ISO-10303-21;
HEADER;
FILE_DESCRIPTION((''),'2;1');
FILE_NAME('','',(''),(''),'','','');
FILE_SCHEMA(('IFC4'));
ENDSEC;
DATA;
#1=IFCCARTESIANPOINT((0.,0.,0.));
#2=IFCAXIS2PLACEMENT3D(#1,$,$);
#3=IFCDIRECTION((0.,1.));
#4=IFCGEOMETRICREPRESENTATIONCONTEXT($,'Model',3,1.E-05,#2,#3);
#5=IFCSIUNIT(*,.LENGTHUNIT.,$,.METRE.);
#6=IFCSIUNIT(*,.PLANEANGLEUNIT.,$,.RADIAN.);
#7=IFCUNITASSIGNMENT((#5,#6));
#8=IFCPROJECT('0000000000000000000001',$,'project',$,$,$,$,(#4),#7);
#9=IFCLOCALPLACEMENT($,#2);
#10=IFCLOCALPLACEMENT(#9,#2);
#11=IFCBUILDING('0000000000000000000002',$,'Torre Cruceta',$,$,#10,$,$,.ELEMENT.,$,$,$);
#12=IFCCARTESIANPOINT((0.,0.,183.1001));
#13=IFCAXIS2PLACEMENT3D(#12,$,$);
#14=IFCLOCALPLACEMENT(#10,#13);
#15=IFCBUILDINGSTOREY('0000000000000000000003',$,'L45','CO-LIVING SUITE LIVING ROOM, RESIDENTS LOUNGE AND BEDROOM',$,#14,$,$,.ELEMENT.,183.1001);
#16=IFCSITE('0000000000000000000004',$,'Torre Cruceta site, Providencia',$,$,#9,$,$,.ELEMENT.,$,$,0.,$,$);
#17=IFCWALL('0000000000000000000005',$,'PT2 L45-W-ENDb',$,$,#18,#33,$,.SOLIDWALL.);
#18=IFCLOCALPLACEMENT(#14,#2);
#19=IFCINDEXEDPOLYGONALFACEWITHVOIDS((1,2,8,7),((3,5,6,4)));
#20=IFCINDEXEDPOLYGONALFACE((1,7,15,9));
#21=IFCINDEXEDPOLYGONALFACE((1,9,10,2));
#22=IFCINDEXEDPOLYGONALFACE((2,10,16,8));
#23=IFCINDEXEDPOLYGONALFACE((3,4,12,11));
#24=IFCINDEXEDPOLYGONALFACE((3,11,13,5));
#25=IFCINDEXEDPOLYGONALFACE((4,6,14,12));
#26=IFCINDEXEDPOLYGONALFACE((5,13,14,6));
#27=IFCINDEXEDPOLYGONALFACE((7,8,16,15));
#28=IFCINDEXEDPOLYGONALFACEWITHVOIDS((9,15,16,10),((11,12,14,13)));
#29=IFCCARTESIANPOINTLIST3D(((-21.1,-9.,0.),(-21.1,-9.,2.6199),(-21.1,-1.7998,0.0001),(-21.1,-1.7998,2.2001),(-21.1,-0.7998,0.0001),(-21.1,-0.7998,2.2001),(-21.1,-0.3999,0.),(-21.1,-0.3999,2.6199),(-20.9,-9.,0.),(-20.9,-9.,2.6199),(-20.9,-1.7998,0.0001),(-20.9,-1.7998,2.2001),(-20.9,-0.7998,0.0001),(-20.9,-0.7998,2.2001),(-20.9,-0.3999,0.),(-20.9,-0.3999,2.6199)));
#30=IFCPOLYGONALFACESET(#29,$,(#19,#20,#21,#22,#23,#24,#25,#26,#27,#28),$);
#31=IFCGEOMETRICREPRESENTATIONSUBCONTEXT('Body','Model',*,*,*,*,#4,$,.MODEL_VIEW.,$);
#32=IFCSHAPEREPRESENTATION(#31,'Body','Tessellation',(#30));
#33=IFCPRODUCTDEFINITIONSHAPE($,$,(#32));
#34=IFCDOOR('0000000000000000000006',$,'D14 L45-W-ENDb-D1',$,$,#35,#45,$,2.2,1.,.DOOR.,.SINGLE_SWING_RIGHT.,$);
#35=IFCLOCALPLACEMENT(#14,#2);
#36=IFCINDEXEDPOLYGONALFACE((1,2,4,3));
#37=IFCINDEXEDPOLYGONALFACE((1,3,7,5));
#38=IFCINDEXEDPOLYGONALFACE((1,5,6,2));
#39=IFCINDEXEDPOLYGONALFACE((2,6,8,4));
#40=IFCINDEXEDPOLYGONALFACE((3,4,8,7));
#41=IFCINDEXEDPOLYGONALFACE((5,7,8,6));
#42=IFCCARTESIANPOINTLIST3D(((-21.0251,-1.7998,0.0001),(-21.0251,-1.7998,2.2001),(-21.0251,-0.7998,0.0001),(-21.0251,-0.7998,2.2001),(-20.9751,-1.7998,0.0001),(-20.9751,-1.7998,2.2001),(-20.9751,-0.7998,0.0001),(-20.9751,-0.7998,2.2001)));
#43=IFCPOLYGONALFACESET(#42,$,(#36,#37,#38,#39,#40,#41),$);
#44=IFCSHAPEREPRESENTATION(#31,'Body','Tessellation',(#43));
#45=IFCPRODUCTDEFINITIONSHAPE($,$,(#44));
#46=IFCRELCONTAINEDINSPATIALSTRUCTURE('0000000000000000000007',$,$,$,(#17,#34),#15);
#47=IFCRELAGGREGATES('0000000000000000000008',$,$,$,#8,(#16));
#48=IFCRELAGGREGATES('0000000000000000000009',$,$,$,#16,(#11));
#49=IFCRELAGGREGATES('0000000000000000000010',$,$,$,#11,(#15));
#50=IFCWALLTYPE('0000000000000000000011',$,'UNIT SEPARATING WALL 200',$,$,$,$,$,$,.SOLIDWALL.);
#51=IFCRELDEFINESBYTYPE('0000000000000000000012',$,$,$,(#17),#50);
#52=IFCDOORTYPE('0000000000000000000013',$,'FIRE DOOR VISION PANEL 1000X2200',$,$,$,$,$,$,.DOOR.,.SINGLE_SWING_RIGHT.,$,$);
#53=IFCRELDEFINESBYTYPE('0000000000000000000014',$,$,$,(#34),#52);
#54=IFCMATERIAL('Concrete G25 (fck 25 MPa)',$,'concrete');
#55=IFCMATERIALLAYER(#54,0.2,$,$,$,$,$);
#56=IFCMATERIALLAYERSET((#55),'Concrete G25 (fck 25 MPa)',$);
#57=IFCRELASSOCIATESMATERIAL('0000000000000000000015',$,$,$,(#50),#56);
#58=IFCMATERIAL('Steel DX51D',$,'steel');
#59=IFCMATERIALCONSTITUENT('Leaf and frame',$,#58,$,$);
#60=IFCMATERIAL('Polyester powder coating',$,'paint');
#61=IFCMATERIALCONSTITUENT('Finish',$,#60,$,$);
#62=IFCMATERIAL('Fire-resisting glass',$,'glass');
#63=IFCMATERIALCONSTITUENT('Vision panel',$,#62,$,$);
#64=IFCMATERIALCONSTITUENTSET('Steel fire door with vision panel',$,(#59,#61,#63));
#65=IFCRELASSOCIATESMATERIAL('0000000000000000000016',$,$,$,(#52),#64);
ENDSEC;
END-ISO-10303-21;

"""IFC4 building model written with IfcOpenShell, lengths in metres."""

from ifc_helpers import new_model, si_unit, direction, frame, frame_2d, origin, place, context, subcontext, project, spatial, rectangle, extrude, material, layer, layer_set, constituent, constituent_set, type_object, element, fill, save


model = new_model("IFC4")

# Units and contexts
model_context = context("Model", 3, precision=1e-05, world=origin(), true_north=direction((0.0, 1.0)))
body_context = subcontext(model_context, "Body", "Model", "MODEL_VIEW")
ifc_project = project(units=[si_unit("LENGTHUNIT", "METRE"), si_unit("PLANEANGLEUNIT", "RADIAN")], contexts=[model_context])

# Site, building, storey
site_placement = place(None, origin())
site = spatial("IfcSite", under=ifc_project, at=site_placement, Name="Torre Cruceta site, Providencia", CompositionType="ELEMENT", RefElevation=0.0)
building_placement = place(site_placement, origin())
building = spatial("IfcBuilding", under=site, at=building_placement, Name="Torre Cruceta", CompositionType="ELEMENT")
storey_placement = place(building_placement, frame((0.0, 0.0, 183.1001)))
storey = spatial("IfcBuildingStorey", under=building, at=storey_placement, Name="L45", Description="CO-LIVING SUITE LIVING ROOM, RESIDENTS LOUNGE AND BEDROOM", CompositionType="ELEMENT", Elevation=183.1001)

# Shared definitions
ifc_material_1 = material(Name="Concrete G25 (fck 25 MPa)", Category="concrete")
ifc_layer_1 = layer(ifc_material_1, 0.2)
ifc_layer_set_1 = layer_set([ifc_layer_1], Name="Concrete G25 (fck 25 MPa)")
wall_type_1 = type_object("IfcWallType", Name="UNIT SEPARATING WALL 200", PredefinedType="SOLIDWALL", material=ifc_layer_set_1)

# Wall, opening, door
wall_1_placement = place(storey_placement, frame((-21.0, -0.3999, 0.0), z_axis=(0.0, 0.0, 1.0), x_axis=(0.0, -1.0, 0.0)))
wall_1 = element("IfcWall", 1, at=wall_1_placement, inside=storey, type_object=wall_type_1, Name="PT2 L45-W-ENDb", PredefinedType="SOLIDWALL", context=body_context, shape_type="SweptSolid", body=[
    extrude(rectangle(XDim=8.6001, YDim=0.2, at=frame_2d((4.3, 0.0))), origin(), (0.0, 0.0, 1.0), 2.6199),
])
opening_1_placement = place(wall_1_placement, frame((0.3999, 0.0, 0.0)))
opening_1 = element("IfcOpeningElement", 2, at=opening_1_placement, cuts=wall_1, PredefinedType="OPENING", context=body_context, shape_type="SweptSolid", body=[
    extrude(rectangle(XDim=1.0, YDim=2.2, at=frame_2d((0.5, 1.1001))), frame((0.0, 0.1099, 0.0), z_axis=(0.0, -1.0, 0.0), x_axis=(1.0, 0.0, 0.0)), (0.0, 0.0, 1.0), 0.22),
])
ifc_material_2 = material(Name="Steel DX51D", Category="steel")
ifc_constituent_1 = constituent(ifc_material_2, Name="Leaf and frame")
ifc_material_3 = material(Name="Polyester powder coating", Category="paint")
ifc_constituent_2 = constituent(ifc_material_3, Name="Finish")
ifc_material_4 = material(Name="Fire-resisting glass", Category="glass")
ifc_constituent_3 = constituent(ifc_material_4, Name="Vision panel")
ifc_constituent_set_1 = constituent_set(constituents=[ifc_constituent_1, ifc_constituent_2, ifc_constituent_3], Name="Steel fire door with vision panel")
door_type_1 = type_object("IfcDoorType", Name="FIRE DOOR VISION PANEL 1000X2200", OperationType="SINGLE_SWING_RIGHT", PredefinedType="DOOR", material=ifc_constituent_set_1)
door_1_placement = place(opening_1_placement, frame((1.0, 0.0, 0.0), z_axis=(0.0, 0.0, 1.0), x_axis=(-1.0, 0.0, 0.0)))
door_1 = element("IfcDoor", 3, at=door_1_placement, inside=storey, type_object=door_type_1, Name="D14 L45-W-ENDb-D1", OperationType="SINGLE_SWING_RIGHT", OverallHeight=2.2, OverallWidth=1.0, PredefinedType="DOOR", context=body_context, shape_type="SweptSolid", body=[
    extrude(rectangle(XDim=1.0, YDim=2.2, at=frame_2d((0.5, 1.1001))), frame((0.0, 0.0251, 0.0), z_axis=(0.0, -1.0, 0.0), x_axis=(1.0, 0.0, 0.0)), (0.0, 0.0, 1.0), 0.05),
])
fill(opening_1, door_1)

save(model, "model.ifc")
